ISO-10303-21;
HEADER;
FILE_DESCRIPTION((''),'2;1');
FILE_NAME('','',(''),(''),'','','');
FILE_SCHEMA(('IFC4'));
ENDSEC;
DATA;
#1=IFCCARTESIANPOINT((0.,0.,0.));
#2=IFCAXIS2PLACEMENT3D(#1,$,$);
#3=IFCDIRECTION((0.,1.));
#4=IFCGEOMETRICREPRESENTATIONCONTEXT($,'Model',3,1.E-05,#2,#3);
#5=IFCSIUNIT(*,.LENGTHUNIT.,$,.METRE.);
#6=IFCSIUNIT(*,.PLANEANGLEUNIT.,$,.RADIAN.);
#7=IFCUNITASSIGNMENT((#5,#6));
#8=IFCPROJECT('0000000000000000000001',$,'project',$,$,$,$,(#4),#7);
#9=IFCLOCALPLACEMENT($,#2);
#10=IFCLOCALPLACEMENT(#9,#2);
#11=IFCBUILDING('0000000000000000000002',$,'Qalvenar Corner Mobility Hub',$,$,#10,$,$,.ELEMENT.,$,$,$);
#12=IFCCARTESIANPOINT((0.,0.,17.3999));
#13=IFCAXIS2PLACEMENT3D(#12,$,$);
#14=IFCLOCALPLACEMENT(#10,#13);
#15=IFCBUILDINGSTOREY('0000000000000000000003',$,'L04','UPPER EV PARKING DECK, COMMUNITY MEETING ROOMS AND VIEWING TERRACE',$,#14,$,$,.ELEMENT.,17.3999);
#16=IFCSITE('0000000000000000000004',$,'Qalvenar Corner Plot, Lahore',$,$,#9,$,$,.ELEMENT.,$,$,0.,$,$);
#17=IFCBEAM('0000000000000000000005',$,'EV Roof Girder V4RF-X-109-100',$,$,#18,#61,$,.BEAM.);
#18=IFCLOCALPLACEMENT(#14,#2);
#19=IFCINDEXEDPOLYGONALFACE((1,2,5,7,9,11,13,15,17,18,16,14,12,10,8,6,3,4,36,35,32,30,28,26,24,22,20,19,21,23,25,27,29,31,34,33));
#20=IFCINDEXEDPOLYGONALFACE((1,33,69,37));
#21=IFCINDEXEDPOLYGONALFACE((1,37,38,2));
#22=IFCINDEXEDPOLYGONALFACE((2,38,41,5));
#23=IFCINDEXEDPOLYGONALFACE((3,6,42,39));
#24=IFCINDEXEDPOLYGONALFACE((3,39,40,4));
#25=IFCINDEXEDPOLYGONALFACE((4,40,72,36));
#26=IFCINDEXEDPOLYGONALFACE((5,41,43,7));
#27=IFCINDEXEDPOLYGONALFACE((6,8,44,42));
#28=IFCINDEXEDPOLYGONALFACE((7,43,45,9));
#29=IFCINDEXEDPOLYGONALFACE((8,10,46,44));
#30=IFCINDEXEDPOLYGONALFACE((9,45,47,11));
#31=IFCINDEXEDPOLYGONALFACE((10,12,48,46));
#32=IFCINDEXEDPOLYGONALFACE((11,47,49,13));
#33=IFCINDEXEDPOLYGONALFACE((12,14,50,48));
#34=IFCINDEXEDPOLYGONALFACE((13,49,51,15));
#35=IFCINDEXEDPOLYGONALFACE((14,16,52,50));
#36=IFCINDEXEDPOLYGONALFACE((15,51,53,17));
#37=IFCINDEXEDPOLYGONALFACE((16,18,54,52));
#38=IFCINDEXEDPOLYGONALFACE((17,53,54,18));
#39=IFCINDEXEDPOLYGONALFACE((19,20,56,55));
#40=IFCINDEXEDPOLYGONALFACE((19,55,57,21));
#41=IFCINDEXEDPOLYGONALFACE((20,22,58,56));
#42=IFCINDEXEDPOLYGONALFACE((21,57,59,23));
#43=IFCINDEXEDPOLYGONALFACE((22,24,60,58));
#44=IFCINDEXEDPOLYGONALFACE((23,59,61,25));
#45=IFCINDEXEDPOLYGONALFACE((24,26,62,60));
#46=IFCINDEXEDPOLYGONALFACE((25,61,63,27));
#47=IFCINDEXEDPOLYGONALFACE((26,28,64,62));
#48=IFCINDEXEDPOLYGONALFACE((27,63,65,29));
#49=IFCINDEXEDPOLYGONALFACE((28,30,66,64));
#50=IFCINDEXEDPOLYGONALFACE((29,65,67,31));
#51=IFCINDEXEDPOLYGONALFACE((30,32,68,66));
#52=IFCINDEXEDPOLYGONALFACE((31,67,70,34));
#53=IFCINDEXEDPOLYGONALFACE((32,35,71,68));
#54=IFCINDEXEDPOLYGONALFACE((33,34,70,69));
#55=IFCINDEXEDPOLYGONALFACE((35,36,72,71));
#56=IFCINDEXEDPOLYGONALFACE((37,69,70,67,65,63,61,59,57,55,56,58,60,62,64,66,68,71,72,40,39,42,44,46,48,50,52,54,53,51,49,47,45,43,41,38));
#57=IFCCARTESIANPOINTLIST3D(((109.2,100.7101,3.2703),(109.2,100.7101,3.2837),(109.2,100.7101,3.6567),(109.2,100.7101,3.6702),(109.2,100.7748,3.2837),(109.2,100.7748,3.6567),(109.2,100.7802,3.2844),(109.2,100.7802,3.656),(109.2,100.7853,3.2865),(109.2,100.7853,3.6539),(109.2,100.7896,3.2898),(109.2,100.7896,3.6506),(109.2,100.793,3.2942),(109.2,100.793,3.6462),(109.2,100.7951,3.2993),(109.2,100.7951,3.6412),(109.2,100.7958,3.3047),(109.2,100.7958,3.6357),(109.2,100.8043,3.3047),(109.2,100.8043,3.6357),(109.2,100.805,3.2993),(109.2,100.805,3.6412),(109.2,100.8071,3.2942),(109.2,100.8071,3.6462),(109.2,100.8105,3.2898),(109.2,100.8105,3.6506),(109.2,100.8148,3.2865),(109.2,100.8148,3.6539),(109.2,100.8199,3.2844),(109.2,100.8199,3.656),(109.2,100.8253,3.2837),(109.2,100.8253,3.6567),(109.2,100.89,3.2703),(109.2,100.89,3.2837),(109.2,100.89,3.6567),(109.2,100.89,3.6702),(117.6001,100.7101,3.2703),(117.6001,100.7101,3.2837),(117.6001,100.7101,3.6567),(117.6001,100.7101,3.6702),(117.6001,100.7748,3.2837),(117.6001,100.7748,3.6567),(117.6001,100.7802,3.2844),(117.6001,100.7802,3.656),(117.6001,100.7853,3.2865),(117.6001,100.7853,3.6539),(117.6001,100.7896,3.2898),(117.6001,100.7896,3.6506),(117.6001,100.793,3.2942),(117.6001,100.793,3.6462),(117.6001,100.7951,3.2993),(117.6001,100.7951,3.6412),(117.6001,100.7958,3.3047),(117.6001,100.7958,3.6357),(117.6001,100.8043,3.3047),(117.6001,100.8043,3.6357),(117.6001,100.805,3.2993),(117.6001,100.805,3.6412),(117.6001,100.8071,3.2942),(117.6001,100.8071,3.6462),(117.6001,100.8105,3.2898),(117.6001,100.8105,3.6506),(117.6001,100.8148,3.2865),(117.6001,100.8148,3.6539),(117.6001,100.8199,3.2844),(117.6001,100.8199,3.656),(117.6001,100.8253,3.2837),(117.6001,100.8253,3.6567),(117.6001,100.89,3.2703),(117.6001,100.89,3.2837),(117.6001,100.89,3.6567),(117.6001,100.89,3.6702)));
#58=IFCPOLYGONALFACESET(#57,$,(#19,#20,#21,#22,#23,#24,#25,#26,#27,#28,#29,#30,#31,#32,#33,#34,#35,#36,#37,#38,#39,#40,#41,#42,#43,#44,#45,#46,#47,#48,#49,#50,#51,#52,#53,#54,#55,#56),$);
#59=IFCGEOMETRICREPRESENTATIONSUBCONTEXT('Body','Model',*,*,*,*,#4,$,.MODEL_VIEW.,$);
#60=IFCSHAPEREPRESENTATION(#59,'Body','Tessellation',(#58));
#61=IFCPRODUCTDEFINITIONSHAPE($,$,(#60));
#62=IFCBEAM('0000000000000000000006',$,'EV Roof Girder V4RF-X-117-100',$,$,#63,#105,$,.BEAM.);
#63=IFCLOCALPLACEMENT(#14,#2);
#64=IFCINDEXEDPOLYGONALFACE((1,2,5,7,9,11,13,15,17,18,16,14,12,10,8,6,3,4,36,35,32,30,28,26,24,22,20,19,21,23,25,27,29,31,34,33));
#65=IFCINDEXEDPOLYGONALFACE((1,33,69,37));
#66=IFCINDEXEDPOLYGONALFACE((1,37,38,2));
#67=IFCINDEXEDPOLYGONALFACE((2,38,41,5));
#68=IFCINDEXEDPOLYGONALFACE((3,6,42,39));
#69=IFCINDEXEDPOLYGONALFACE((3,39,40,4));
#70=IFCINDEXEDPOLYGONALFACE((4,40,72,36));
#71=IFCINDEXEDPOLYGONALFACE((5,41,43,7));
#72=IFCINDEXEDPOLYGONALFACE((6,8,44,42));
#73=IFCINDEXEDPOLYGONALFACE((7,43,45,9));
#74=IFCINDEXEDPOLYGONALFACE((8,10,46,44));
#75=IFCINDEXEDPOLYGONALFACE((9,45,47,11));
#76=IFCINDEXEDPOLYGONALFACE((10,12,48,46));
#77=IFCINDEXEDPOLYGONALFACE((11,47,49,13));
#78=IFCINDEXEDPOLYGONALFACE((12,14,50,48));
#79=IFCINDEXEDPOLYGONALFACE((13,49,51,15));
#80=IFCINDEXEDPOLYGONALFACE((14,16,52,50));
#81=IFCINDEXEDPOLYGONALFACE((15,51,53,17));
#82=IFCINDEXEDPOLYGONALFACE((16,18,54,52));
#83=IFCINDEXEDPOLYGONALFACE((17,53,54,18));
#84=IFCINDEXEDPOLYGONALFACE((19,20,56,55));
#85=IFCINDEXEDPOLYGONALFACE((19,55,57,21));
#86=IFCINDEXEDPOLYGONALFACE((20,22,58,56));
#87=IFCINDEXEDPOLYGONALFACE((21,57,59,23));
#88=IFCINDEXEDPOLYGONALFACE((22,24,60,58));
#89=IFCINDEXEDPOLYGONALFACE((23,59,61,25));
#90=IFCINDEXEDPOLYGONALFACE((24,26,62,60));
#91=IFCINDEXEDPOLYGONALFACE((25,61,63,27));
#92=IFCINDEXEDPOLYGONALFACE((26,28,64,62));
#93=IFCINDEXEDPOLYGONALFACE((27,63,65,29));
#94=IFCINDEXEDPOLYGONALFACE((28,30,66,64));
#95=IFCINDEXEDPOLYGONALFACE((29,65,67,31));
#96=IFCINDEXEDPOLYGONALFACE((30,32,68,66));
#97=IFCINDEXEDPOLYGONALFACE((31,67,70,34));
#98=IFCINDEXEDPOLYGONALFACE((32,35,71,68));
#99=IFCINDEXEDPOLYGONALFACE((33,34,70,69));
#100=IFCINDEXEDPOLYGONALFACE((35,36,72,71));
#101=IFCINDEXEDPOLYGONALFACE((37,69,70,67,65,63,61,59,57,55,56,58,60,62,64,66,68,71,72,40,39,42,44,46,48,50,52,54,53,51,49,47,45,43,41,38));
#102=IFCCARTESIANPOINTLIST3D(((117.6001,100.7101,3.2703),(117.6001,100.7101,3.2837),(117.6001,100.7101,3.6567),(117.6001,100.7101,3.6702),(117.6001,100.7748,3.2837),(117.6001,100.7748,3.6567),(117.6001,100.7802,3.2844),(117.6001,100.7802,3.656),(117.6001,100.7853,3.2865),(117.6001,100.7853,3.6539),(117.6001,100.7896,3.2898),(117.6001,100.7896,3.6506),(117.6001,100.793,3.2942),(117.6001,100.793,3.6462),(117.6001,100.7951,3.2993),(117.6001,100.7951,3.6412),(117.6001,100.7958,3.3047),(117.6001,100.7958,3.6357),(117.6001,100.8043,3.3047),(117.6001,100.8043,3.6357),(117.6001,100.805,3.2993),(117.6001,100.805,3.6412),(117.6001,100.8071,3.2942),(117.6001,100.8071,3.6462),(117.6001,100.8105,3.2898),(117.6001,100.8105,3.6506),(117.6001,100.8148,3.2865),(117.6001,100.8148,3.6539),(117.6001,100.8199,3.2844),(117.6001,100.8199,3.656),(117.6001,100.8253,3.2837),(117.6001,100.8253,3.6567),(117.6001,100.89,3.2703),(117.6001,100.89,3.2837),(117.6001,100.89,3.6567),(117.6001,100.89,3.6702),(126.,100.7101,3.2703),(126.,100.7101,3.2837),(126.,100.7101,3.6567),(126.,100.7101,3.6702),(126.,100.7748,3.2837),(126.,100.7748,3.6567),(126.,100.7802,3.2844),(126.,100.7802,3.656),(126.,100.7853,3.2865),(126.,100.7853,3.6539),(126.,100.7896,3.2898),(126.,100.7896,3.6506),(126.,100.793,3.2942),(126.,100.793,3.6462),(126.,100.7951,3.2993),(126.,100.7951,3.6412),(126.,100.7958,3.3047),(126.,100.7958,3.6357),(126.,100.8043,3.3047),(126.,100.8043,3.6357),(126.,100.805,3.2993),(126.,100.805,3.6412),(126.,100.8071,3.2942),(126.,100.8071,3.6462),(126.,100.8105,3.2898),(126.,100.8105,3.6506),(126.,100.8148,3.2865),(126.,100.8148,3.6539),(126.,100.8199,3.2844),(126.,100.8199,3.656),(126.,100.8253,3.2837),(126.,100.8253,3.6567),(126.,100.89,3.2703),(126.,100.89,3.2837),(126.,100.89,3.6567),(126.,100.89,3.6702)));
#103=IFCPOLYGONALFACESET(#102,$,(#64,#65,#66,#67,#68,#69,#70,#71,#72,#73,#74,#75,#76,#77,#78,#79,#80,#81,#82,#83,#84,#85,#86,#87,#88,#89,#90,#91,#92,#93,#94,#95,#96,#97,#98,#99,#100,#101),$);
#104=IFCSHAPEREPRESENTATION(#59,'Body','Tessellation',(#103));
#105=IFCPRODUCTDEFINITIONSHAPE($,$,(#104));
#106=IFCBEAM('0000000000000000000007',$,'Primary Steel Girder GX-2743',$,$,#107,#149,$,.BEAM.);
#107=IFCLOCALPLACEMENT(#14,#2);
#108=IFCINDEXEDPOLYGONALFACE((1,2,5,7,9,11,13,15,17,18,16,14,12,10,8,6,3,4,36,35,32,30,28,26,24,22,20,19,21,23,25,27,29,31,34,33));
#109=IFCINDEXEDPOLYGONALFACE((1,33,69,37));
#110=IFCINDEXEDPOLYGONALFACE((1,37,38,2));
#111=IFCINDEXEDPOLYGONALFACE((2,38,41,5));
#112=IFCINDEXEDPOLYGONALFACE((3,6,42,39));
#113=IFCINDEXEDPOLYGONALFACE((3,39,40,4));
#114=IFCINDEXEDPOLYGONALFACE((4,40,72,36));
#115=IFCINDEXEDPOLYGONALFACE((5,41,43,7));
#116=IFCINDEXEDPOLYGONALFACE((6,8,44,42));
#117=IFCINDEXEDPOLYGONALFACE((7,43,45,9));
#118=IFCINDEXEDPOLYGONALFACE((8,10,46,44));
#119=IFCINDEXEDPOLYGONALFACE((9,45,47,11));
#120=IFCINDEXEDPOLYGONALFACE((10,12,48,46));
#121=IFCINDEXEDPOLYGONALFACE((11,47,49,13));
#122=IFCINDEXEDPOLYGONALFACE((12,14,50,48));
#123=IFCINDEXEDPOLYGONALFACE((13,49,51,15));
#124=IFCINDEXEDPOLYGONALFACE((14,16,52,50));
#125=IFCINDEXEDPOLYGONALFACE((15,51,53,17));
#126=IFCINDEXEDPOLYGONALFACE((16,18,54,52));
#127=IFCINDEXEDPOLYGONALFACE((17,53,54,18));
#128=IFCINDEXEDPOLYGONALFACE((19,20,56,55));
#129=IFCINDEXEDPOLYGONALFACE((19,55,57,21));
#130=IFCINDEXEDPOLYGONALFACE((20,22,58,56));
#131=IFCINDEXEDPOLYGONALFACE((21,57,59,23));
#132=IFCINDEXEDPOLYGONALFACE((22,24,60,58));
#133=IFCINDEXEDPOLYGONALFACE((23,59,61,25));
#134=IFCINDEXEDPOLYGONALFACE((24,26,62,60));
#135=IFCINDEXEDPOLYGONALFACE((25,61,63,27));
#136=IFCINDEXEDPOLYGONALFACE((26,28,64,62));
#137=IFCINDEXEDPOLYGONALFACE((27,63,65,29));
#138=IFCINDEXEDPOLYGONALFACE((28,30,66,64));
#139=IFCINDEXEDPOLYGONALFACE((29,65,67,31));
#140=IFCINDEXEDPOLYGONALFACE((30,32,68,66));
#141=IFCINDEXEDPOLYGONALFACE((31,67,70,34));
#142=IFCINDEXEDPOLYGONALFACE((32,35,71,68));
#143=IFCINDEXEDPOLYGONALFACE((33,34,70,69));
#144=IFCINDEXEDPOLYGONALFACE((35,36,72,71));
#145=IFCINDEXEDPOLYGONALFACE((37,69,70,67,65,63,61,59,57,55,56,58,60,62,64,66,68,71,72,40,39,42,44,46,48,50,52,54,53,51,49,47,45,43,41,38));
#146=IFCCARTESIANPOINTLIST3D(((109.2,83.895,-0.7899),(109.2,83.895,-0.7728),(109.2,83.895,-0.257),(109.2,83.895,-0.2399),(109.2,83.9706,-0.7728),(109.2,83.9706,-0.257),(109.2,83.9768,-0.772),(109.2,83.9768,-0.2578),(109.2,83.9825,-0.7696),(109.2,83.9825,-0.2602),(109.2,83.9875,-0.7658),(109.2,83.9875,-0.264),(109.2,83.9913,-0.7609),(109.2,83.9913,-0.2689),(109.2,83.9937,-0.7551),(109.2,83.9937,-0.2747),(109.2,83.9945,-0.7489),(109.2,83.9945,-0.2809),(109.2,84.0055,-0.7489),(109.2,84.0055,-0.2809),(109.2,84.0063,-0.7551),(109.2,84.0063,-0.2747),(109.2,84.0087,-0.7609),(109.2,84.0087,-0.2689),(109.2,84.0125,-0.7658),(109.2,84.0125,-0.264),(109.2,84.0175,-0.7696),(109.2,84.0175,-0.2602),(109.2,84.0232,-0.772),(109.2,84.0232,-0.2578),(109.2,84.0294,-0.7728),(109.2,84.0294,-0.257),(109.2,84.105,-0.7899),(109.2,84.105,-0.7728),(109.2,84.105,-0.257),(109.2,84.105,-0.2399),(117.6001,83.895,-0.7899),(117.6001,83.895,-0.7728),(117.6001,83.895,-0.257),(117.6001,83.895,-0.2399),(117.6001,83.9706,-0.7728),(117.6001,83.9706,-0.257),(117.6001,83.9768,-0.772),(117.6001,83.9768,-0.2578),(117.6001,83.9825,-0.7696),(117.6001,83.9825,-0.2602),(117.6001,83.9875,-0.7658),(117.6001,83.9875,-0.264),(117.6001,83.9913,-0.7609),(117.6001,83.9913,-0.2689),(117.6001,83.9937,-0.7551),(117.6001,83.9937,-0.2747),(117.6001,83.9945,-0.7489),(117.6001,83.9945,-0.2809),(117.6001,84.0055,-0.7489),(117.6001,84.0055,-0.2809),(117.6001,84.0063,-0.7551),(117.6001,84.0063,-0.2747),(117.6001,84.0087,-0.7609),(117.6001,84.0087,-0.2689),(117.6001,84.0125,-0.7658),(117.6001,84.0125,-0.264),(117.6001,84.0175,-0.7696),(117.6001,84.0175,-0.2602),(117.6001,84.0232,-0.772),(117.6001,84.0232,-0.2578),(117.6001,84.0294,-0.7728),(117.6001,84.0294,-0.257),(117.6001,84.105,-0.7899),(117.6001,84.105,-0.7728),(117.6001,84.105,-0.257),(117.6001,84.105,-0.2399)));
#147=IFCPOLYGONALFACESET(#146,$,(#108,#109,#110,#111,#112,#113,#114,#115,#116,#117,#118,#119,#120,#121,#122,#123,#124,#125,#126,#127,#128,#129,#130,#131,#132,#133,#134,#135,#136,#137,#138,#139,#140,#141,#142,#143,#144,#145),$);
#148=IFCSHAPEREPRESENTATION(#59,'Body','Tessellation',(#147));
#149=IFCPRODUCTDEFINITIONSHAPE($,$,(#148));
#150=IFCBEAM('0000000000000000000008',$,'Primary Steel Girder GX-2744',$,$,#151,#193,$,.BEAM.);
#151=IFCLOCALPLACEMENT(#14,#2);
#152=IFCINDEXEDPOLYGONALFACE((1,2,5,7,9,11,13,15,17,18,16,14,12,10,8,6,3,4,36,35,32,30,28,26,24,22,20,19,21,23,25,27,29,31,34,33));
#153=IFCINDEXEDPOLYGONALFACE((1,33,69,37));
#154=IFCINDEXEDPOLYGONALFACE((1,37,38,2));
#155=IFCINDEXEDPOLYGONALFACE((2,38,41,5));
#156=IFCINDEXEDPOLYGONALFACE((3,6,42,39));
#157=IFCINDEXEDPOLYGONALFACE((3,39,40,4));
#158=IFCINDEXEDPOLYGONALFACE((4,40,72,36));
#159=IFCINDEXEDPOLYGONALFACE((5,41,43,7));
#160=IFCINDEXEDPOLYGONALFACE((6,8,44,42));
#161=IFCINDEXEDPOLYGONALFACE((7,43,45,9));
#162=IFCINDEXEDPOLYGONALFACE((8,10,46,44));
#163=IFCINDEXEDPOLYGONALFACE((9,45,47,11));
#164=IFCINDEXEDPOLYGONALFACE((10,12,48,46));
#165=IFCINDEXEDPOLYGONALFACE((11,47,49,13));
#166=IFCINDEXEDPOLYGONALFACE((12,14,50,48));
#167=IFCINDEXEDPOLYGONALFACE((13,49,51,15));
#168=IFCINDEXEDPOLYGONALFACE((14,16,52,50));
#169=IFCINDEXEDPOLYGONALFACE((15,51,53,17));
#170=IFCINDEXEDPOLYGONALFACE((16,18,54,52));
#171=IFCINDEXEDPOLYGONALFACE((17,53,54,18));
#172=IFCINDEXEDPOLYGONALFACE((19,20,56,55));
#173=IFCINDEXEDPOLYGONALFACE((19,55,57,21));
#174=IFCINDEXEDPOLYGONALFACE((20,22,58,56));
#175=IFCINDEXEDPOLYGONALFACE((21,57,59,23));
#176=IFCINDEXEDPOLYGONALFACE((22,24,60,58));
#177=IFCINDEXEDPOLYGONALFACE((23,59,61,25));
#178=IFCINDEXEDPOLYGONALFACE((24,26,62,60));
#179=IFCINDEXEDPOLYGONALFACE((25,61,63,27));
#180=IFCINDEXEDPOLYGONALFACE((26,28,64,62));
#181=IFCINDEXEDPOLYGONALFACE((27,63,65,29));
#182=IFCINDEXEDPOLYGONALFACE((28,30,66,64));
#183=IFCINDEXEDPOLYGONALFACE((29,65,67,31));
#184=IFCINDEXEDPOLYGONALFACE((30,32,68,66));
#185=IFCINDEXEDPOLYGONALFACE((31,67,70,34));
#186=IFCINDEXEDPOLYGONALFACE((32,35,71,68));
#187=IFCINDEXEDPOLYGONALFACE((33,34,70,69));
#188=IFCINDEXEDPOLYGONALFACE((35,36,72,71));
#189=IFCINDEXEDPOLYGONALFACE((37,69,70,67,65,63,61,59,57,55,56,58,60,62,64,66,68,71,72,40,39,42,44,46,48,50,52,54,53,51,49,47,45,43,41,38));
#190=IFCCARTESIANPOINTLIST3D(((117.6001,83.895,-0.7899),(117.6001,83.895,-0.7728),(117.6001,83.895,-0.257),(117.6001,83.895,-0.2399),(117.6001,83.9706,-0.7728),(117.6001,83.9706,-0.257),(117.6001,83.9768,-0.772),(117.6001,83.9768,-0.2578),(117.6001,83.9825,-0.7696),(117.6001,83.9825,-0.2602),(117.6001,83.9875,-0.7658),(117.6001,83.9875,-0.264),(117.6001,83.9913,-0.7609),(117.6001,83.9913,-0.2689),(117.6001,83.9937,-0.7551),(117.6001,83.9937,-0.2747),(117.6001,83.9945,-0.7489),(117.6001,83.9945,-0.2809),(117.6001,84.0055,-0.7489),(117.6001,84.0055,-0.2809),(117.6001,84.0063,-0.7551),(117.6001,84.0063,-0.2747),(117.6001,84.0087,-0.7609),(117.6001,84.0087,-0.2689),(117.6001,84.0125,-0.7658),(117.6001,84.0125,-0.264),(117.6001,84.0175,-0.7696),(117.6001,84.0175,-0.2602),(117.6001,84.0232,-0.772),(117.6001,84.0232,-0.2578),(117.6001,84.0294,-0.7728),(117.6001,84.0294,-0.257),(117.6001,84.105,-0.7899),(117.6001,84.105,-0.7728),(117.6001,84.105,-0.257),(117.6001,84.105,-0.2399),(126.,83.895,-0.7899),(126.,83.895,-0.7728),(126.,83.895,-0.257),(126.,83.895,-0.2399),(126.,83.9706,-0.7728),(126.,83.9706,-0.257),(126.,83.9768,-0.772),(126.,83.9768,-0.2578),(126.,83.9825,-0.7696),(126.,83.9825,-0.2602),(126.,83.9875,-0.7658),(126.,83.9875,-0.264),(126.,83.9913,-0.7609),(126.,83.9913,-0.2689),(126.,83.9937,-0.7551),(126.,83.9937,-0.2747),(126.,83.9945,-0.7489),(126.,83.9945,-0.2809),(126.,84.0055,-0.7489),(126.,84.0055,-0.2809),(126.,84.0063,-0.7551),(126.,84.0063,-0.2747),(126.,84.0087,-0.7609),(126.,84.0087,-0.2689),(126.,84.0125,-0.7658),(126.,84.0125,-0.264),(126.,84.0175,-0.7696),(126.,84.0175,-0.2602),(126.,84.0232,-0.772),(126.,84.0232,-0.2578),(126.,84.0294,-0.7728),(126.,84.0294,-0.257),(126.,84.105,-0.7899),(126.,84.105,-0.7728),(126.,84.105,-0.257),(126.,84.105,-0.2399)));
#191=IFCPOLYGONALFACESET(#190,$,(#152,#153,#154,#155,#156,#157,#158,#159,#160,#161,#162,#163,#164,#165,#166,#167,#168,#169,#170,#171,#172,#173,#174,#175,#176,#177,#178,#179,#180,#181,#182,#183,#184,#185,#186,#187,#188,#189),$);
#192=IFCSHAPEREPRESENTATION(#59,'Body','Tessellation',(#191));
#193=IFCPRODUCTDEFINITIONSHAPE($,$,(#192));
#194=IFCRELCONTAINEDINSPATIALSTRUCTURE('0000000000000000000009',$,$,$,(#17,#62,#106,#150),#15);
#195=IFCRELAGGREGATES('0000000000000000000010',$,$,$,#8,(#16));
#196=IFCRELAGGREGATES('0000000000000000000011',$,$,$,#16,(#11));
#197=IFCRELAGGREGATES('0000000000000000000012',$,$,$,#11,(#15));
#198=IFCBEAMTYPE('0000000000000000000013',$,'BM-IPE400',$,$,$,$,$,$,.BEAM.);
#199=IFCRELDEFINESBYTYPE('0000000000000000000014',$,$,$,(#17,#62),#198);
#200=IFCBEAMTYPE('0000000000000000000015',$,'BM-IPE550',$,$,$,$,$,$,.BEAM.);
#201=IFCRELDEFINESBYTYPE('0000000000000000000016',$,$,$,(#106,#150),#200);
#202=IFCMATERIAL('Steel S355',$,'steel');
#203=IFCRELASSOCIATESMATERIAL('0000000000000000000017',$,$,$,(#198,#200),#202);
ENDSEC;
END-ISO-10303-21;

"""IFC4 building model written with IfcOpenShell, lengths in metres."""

from ifc_helpers import new_model, si_unit, direction, frame, origin, origin_2d, place, context, subcontext, project, spatial, i_section, extrude, material, material_profile, profile_set, type_object, element, save


model = new_model("IFC4")

# Units and contexts
model_context = context("Model", 3, precision=1e-05, world=origin(), true_north=direction((0.0, 1.0)))
body_context = subcontext(model_context, "Body", "Model", "MODEL_VIEW")
ifc_project = project(units=[si_unit("LENGTHUNIT", "METRE"), si_unit("PLANEANGLEUNIT", "RADIAN")], contexts=[model_context])

# Site, building, storey
site_placement = place(None, origin())
site = spatial("IfcSite", under=ifc_project, at=site_placement, Name="Qalvenar Corner Plot, Lahore", CompositionType="ELEMENT", RefElevation=0.0)
building_placement = place(site_placement, origin())
building = spatial("IfcBuilding", under=site, at=building_placement, Name="Qalvenar Corner Mobility Hub", CompositionType="ELEMENT")
storey_placement = place(building_placement, frame((0.0, 0.0, 17.3999)))
storey = spatial("IfcBuildingStorey", under=building, at=storey_placement, Name="L04", Description="UPPER EV PARKING DECK, COMMUNITY MEETING ROOMS AND VIEWING TERRACE", CompositionType="ELEMENT", Elevation=17.3999)

# Shared definitions
ifc_material = material(Name="Steel S355", Category="steel")

# Beams
ifc_material_profile_1 = material_profile(ifc_material, i_section(OverallWidth=0.1799, OverallDepth=0.3999, WebThickness=0.0085, FlangeThickness=0.0134, FilletRadius=0.021, at=origin_2d()), Name="IPE400")
ifc_profile_set_1 = profile_set([ifc_material_profile_1], Name="Steel S355")
beam_type_1 = type_object("IfcBeamType", Name="BM-IPE400", PredefinedType="BEAM", material=ifc_profile_set_1)
beam_1_placement = place(storey_placement, frame((109.2, 100.8, 3.4702), z_axis=(1.0, 0.0, 0.0), x_axis=(0.0, 1.0, 0.0)))
element("IfcBeam", 1, at=beam_1_placement, inside=storey, type_object=beam_type_1, Name="EV Roof Girder V4RF-X-109-100", PredefinedType="BEAM", context=body_context, shape_type="SweptSolid", body=[
    extrude(i_section(OverallWidth=0.1799, OverallDepth=0.3999, WebThickness=0.0085, FlangeThickness=0.0134, FilletRadius=0.021, at=origin_2d()), origin(), (0.0, 0.0, 1.0), 8.4001),
])
beam_2_placement = place(storey_placement, frame((117.6001, 100.8, 3.4702), z_axis=(1.0, 0.0, 0.0), x_axis=(0.0, 1.0, 0.0)))
element("IfcBeam", 2, at=beam_2_placement, inside=storey, type_object=beam_type_1, Name="EV Roof Girder V4RF-X-117-100", PredefinedType="BEAM", context=body_context, shape_type="SweptSolid", body=[
    extrude(i_section(OverallWidth=0.1799, OverallDepth=0.3999, WebThickness=0.0085, FlangeThickness=0.0134, FilletRadius=0.021, at=origin_2d()), origin(), (0.0, 0.0, 1.0), 8.3999),
])
ifc_material_profile_2 = material_profile(ifc_material, i_section(OverallWidth=0.21, OverallDepth=0.55, WebThickness=0.011, FlangeThickness=0.0171, FilletRadius=0.0239, at=origin_2d()), Name="IPE550")
ifc_profile_set_2 = profile_set([ifc_material_profile_2], Name="Steel S355")
beam_type_2 = type_object("IfcBeamType", Name="BM-IPE550", PredefinedType="BEAM", material=ifc_profile_set_2)
beam_3_placement = place(storey_placement, frame((109.2, 84.0, -0.5149), z_axis=(1.0, 0.0, 0.0), x_axis=(0.0, 1.0, 0.0)))
element("IfcBeam", 3, at=beam_3_placement, inside=storey, type_object=beam_type_2, Name="Primary Steel Girder GX-2743", PredefinedType="BEAM", context=body_context, shape_type="SweptSolid", body=[
    extrude(i_section(OverallWidth=0.21, OverallDepth=0.55, WebThickness=0.011, FlangeThickness=0.0171, FilletRadius=0.0239, at=origin_2d()), origin(), (0.0, 0.0, 1.0), 8.4001),
])
for number, where, z_axis, x_axis, name in (
    (4, (117.6001, 84.0, -0.5149), (1.0, 0.0, 0.0), (0.0, 1.0, 0.0), "Primary Steel Girder GX-2744"),
):
    element("IfcBeam", number, at=place(storey_placement, frame(where, z_axis=z_axis, x_axis=x_axis)), inside=storey, type_object=beam_type_2, Name=name, PredefinedType="BEAM", context=body_context, shape_type="SweptSolid", body=[
        extrude(i_section(OverallWidth=0.21, OverallDepth=0.55, WebThickness=0.011, FlangeThickness=0.0171, FilletRadius=0.0239, at=origin_2d()), origin(), (0.0, 0.0, 1.0), 8.3999),
    ])

save(model, "model.ifc")
